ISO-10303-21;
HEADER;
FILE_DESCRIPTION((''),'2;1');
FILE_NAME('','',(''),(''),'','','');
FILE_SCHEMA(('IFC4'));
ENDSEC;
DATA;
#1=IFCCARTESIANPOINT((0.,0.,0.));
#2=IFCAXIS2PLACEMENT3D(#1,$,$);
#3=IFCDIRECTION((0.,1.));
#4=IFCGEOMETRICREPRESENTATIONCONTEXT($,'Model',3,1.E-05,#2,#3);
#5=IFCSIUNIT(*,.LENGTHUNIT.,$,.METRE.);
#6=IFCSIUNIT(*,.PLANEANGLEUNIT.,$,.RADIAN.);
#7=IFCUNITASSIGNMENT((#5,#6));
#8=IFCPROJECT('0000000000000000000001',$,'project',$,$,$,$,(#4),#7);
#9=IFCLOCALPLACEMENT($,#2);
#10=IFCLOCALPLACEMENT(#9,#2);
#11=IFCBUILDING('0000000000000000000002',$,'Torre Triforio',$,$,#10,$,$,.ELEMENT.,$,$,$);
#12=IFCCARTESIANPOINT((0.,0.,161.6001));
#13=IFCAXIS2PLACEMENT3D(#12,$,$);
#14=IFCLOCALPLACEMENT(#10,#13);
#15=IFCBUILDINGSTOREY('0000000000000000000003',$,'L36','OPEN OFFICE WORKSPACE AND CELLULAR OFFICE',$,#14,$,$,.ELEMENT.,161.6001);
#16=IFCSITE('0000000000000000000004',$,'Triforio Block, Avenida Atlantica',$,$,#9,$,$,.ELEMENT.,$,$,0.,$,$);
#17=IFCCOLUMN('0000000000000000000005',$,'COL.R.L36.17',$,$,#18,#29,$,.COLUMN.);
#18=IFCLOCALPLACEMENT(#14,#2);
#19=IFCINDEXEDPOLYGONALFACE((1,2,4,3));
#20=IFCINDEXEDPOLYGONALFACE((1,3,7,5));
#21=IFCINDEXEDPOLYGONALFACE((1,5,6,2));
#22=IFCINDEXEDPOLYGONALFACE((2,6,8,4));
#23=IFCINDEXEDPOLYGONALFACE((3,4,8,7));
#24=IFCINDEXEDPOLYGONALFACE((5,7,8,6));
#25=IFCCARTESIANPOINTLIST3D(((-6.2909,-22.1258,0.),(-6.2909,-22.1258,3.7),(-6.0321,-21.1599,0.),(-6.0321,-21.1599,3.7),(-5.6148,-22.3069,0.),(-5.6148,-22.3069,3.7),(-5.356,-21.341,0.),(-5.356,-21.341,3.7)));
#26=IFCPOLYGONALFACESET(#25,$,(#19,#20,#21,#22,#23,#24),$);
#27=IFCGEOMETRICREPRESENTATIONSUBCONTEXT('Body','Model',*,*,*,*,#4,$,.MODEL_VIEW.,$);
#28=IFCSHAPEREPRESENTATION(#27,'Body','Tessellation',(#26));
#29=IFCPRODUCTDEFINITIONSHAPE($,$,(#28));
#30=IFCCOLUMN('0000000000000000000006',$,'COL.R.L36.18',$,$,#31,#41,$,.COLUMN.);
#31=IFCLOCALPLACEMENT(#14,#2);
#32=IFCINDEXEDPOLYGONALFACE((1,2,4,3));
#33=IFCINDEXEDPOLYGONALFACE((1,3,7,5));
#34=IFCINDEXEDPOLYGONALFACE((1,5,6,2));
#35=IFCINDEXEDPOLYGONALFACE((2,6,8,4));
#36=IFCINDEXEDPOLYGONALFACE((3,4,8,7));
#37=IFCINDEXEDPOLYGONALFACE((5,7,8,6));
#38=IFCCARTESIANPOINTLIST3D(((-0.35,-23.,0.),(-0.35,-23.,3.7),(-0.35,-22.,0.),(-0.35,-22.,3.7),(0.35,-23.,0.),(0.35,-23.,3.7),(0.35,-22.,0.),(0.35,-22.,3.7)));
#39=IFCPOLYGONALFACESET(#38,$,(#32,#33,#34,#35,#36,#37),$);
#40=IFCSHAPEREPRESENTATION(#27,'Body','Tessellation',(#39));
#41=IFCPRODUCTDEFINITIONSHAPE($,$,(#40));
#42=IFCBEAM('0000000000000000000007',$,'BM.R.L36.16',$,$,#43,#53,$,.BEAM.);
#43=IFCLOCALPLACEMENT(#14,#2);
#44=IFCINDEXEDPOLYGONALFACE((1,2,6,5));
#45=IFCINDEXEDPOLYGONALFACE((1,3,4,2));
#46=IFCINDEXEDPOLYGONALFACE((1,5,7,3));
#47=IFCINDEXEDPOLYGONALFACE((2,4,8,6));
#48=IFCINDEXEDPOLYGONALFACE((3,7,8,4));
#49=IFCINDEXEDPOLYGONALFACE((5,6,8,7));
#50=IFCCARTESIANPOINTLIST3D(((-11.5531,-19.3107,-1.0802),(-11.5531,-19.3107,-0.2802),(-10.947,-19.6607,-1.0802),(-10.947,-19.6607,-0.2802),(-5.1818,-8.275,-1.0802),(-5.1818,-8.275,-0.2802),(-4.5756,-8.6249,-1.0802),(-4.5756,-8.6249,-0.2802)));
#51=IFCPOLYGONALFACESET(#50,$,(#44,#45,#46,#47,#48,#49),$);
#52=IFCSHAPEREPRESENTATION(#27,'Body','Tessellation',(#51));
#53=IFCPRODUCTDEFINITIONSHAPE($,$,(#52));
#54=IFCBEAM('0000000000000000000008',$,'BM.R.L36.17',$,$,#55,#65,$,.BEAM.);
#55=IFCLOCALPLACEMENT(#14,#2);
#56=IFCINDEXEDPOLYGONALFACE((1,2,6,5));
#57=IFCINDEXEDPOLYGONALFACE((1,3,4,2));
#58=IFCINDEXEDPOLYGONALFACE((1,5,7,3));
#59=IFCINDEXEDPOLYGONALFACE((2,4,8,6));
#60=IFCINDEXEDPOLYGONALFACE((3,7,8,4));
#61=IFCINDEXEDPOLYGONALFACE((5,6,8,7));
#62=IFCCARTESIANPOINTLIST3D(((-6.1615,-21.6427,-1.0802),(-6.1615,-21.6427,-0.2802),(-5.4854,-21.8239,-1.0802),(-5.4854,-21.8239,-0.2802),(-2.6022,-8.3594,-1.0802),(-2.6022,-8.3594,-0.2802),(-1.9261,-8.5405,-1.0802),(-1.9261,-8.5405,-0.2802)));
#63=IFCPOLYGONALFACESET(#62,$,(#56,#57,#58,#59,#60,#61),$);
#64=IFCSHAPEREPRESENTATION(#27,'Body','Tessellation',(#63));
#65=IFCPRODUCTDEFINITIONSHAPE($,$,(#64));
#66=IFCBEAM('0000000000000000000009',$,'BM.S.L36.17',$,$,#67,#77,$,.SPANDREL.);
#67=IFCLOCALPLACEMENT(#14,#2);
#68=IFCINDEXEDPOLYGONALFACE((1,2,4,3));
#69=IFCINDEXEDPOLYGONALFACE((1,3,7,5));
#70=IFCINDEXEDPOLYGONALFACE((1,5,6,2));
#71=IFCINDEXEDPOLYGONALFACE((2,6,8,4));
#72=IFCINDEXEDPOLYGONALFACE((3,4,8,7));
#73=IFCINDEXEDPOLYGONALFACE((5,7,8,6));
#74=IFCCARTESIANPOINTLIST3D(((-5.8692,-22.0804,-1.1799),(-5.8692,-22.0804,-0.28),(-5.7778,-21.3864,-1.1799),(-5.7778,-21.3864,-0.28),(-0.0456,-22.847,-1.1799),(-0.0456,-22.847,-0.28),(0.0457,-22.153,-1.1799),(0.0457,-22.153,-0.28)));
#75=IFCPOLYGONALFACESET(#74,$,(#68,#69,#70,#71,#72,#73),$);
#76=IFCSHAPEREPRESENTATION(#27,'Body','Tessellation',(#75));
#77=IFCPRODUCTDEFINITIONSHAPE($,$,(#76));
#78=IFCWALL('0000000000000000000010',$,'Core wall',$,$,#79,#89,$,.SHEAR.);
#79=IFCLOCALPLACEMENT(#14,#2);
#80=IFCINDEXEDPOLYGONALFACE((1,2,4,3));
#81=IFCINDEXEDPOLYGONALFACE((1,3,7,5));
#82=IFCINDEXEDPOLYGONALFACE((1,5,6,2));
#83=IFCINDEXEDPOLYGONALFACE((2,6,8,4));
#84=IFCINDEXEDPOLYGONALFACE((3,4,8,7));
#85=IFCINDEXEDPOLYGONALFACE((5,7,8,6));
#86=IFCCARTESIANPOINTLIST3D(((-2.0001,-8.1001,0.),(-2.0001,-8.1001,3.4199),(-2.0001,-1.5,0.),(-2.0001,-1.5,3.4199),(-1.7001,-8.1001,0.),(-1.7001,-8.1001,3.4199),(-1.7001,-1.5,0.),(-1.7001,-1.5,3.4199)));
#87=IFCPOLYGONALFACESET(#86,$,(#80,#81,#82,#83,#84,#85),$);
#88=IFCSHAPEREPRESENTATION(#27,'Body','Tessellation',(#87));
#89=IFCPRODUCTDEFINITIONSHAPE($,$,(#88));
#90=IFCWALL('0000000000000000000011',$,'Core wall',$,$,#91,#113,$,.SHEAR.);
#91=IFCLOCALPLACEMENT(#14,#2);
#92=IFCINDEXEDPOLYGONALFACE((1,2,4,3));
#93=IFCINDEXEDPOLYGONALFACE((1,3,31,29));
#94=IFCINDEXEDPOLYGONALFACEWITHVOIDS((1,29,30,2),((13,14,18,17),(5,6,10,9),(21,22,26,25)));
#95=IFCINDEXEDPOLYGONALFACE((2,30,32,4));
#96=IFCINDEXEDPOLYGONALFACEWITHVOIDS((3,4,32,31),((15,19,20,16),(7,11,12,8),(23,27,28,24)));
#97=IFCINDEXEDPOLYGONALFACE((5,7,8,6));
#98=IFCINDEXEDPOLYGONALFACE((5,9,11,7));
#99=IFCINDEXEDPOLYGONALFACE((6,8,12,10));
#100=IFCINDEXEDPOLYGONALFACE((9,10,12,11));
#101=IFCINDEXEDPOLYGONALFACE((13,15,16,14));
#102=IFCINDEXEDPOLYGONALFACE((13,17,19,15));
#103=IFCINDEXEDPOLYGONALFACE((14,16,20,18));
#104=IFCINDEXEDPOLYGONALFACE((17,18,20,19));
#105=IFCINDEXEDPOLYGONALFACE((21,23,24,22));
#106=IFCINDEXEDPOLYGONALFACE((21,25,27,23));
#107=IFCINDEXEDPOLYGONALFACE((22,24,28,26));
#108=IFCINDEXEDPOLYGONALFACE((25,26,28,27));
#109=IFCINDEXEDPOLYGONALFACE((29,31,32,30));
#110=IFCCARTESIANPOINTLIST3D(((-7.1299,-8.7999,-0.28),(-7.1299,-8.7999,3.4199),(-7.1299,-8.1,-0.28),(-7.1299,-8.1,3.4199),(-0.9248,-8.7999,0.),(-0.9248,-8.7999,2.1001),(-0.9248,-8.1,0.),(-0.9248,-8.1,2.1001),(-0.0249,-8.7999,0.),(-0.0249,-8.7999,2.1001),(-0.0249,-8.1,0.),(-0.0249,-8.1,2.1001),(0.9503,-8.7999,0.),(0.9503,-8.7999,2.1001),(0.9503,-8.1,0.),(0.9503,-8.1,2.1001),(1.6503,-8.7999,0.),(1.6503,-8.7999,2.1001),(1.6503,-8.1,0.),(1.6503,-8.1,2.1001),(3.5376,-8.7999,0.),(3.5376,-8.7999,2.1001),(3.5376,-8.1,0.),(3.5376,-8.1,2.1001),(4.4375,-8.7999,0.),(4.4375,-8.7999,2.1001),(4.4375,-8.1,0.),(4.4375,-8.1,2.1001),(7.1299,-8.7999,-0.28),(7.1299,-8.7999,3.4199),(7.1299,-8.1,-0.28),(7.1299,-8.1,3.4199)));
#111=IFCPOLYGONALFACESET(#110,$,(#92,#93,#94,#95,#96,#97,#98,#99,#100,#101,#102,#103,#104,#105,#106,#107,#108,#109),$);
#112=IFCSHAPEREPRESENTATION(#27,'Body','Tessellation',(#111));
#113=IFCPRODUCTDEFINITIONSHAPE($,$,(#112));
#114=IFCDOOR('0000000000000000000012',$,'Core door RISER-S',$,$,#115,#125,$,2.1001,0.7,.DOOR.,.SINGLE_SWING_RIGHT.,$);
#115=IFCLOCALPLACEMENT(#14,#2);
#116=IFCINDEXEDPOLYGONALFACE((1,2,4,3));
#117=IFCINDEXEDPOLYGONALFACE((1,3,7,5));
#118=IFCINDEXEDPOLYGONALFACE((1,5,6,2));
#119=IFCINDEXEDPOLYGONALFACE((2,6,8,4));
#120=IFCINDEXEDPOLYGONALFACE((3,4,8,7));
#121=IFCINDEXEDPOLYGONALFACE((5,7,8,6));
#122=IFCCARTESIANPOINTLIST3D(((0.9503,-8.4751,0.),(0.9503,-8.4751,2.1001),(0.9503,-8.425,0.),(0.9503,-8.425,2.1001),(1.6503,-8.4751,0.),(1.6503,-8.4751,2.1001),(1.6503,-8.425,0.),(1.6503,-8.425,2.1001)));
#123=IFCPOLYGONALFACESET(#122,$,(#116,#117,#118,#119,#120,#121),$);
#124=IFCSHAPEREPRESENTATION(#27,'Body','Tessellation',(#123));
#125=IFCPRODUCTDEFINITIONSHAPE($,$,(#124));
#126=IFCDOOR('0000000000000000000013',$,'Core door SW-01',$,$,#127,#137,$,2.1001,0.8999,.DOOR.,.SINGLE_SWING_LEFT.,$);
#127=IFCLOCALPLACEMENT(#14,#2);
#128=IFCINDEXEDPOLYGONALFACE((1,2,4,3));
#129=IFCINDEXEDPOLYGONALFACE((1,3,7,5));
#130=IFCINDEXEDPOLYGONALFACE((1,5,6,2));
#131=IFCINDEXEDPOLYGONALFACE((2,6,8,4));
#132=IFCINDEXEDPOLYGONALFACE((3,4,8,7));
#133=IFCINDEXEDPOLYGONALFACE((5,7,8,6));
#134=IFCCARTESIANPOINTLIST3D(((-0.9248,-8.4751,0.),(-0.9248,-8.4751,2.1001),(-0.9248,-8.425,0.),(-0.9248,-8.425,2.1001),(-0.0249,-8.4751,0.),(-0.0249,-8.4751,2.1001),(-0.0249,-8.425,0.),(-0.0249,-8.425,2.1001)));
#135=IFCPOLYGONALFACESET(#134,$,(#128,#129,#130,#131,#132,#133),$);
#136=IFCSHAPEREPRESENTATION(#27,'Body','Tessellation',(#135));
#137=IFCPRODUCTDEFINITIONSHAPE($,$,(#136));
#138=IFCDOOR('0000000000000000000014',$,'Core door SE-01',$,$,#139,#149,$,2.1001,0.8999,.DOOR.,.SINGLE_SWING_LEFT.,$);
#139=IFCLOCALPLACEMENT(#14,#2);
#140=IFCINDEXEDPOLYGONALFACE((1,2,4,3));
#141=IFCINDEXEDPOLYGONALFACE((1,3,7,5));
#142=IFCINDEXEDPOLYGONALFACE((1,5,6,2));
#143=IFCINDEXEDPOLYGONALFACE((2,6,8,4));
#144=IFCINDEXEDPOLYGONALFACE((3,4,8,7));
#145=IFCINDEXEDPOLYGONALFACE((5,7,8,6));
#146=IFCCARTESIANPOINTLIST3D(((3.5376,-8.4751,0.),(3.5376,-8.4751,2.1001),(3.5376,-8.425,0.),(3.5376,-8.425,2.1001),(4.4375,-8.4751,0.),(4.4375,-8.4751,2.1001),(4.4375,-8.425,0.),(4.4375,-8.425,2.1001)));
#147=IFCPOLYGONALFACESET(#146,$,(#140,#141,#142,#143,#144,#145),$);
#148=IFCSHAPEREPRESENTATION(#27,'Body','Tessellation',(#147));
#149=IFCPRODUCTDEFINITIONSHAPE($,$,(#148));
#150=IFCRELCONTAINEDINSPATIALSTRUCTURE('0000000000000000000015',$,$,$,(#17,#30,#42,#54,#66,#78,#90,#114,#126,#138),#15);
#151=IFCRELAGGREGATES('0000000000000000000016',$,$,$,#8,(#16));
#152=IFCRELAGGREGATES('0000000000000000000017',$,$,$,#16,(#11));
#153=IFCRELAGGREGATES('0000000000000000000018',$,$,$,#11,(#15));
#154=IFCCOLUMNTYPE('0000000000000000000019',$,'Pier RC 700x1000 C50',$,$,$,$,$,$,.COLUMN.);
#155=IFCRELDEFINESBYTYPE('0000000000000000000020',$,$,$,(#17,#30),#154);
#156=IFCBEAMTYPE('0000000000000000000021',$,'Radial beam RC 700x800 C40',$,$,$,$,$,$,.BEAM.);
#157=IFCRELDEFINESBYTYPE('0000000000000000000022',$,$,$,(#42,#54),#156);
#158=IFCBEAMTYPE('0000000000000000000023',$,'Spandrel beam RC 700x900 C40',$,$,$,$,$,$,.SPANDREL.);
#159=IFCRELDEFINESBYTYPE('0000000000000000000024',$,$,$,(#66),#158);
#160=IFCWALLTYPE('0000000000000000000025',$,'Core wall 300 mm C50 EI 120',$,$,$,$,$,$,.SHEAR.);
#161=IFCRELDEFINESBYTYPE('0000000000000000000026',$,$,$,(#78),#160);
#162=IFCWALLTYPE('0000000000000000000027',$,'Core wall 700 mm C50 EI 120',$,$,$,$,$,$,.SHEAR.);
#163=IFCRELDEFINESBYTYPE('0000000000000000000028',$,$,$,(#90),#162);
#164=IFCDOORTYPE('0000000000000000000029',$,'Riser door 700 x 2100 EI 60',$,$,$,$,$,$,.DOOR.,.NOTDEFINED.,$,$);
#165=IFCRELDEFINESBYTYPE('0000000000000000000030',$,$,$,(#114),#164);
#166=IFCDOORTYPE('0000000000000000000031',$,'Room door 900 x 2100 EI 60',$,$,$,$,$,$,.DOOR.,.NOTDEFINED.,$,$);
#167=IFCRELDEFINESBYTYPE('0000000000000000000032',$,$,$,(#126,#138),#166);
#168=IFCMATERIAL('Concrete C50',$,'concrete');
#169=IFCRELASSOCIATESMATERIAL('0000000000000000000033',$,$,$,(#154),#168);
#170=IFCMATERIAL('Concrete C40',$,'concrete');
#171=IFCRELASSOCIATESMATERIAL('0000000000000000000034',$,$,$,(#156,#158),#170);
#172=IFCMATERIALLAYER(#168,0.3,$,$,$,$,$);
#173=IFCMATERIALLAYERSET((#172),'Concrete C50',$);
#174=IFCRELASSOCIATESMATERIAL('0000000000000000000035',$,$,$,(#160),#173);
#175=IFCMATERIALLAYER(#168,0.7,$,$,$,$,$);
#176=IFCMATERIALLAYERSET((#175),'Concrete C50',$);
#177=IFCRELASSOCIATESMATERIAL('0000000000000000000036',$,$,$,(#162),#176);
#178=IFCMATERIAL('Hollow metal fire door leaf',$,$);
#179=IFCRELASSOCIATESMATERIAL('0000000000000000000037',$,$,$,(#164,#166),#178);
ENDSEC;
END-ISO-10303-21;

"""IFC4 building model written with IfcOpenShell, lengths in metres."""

from ifc_helpers import new_model, si_unit, direction, frame, frame_2d, origin, origin_2d, place, context, subcontext, project, spatial, rectangle, extrude, material, layer, layer_set, material_profile, profile_set, type_object, element, fill, save


model = new_model("IFC4")

# Units and contexts
model_context = context("Model", 3, precision=1e-05, world=origin(), true_north=direction((0.0, 1.0)))
body_context = subcontext(model_context, "Body", "Model", "MODEL_VIEW")
ifc_project = project(units=[si_unit("LENGTHUNIT", "METRE"), si_unit("PLANEANGLEUNIT", "RADIAN")], contexts=[model_context])

# Site, building, storey
site_placement = place(None, origin())
site = spatial("IfcSite", under=ifc_project, at=site_placement, Name="Triforio Block, Avenida Atlantica", CompositionType="ELEMENT", RefElevation=0.0)
building_placement = place(site_placement, origin())
building = spatial("IfcBuilding", under=site, at=building_placement, Name="Torre Triforio", CompositionType="ELEMENT")
storey_placement = place(building_placement, frame((0.0, 0.0, 161.6001)))
storey = spatial("IfcBuildingStorey", under=building, at=storey_placement, Name="L36", Description="OPEN OFFICE WORKSPACE AND CELLULAR OFFICE", CompositionType="ELEMENT", Elevation=161.6001)

# Columns
ifc_material_1 = material(Name="Concrete C50", Category="concrete")
ifc_material_profile_1 = material_profile(ifc_material_1, rectangle(XDim=0.7, YDim=1.0, at=origin_2d()), Name="RC 700x1000")
ifc_profile_set_1 = profile_set([ifc_material_profile_1], Name="Concrete C50")
column_type = type_object("IfcColumnType", Name="Pier RC 700x1000 C50", PredefinedType="COLUMN", material=ifc_profile_set_1)
for number, where, z_axis, x_axis, name in (
    (1, (-5.8235, -21.7334, 0.0), (0.0, 0.0, 1.0), (0.965926, -0.258819, 0.0), "COL.R.L36.17"),
    (2, (0.0, -22.5, 0.0), (0.0, 0.0, 1.0), (1.0, 0.0, 0.0), "COL.R.L36.18"),
):
    element("IfcColumn", number, at=place(storey_placement, frame(where, z_axis=z_axis, x_axis=x_axis)), inside=storey, type_object=column_type, Name=name, PredefinedType="COLUMN", context=body_context, shape_type="SweptSolid", body=[
        extrude(rectangle(XDim=0.7, YDim=1.0, at=origin_2d()), origin(), (0.0, 0.0, 1.0), 3.7),
    ])

# Beams
ifc_material_2 = material(Name="Concrete C40", Category="concrete")
ifc_material_profile_2 = material_profile(ifc_material_2, rectangle(XDim=0.7, YDim=0.8, at=origin_2d()), Name="RC 700x800")
ifc_profile_set_2 = profile_set([ifc_material_profile_2], Name="Concrete C40")
beam_type_1 = type_object("IfcBeamType", Name="Radial beam RC 700x800 C40", PredefinedType="BEAM", material=ifc_profile_set_2)
beam_1_placement = place(storey_placement, frame((-4.8787, -8.45, -0.6802), z_axis=(-0.499994, -0.866029, 0.0), x_axis=(0.866029, -0.499994, 0.0)))
element("IfcBeam", 3, at=beam_1_placement, inside=storey, type_object=beam_type_1, Name="BM.R.L36.16", PredefinedType="BEAM", context=body_context, shape_type="SweptSolid", body=[
    extrude(rectangle(XDim=0.7, YDim=0.8, at=origin_2d()), origin(), (0.0, 0.0, 1.0), 12.7429),
])
beam_2_placement = place(storey_placement, frame((-2.2642, -8.45, -0.6802), z_axis=(-0.258822, -0.965925, 0.0), x_axis=(0.965925, -0.258822, 0.0)))
element("IfcBeam", 4, at=beam_2_placement, inside=storey, type_object=beam_type_1, Name="BM.R.L36.17", PredefinedType="BEAM", context=body_context, shape_type="SweptSolid", body=[
    extrude(rectangle(XDim=0.7, YDim=0.8, at=origin_2d()), origin(), (0.0, 0.0, 1.0), 13.752),
])
ifc_material_profile_3 = material_profile(ifc_material_2, rectangle(XDim=0.7, YDim=0.8999, at=origin_2d()), Name="RC 700x900")
ifc_profile_set_3 = profile_set([ifc_material_profile_3], Name="Concrete C40")
beam_type_2 = type_object("IfcBeamType", Name="Spandrel beam RC 700x900 C40", PredefinedType="SPANDREL", material=ifc_profile_set_3)
beam_3_placement = place(storey_placement, frame((-5.8235, -21.7334, -0.73), z_axis=(0.991447, -0.130514, 0.0), x_axis=(0.130514, 0.991447, 0.0)))
element("IfcBeam", 5, at=beam_3_placement, inside=storey, type_object=beam_type_2, Name="BM.S.L36.17", PredefinedType="SPANDREL", context=body_context, shape_type="SweptSolid", body=[
    extrude(rectangle(XDim=0.7, YDim=0.8999, at=origin_2d()), origin(), (0.0, 0.0, 1.0), 5.8738),
])

# Wall
ifc_layer_1 = layer(ifc_material_1, 0.3)
ifc_layer_set_1 = layer_set([ifc_layer_1], Name="Concrete C50")
wall_type_1 = type_object("IfcWallType", Name="Core wall 300 mm C50 EI 120", PredefinedType="SHEAR", material=ifc_layer_set_1)
wall_1_placement = place(storey_placement, frame((-1.8501, -8.1001, 0.0), z_axis=(0.0, 0.0, 1.0), x_axis=(0.0, 1.0, 0.0)))
element("IfcWall", 6, at=wall_1_placement, inside=storey, type_object=wall_type_1, Name="Core wall", PredefinedType="SHEAR", context=body_context, shape_type="SweptSolid", body=[
    extrude(rectangle(XDim=6.6001, YDim=0.3, at=frame_2d((3.3, 0.0))), origin(), (0.0, 0.0, 1.0), 3.4199),
])

# Wall, openings, doors
ifc_layer_2 = layer(ifc_material_1, 0.7)
ifc_layer_set_2 = layer_set([ifc_layer_2], Name="Concrete C50")
wall_type_2 = type_object("IfcWallType", Name="Core wall 700 mm C50 EI 120", PredefinedType="SHEAR", material=ifc_layer_set_2)
wall_2_placement = place(storey_placement, frame((-7.1299, -8.45, -0.28), z_axis=(0.0, 0.0, 1.0), x_axis=(1.0, 0.0, 0.0)))
wall_2 = element("IfcWall", 7, at=wall_2_placement, inside=storey, type_object=wall_type_2, Name="Core wall", PredefinedType="SHEAR", context=body_context, shape_type="SweptSolid", body=[
    extrude(rectangle(XDim=14.2598, YDim=0.7, at=frame_2d((7.1299, 0.0))), origin(), (0.0, 0.0, 1.0), 3.7),
])
opening_1_placement = place(wall_2_placement, frame((8.0801, 0.0, 0.28)))
opening_1 = element("IfcOpeningElement", 8, at=opening_1_placement, cuts=wall_2, PredefinedType="OPENING", context=body_context, shape_type="SweptSolid", body=[
    extrude(rectangle(XDim=0.7, YDim=2.1001, at=frame_2d((0.3501, 1.05))), frame((0.0, 0.3599, 0.0), z_axis=(0.0, -1.0, 0.0), x_axis=(1.0, 0.0, 0.0)), (0.0, 0.0, 1.0), 0.72),
])
opening_2_placement = place(wall_2_placement, frame((6.2051, 0.0, 0.28)))
opening_2 = element("IfcOpeningElement", 9, at=opening_2_placement, cuts=wall_2, PredefinedType="OPENING", context=body_context, shape_type="SweptSolid", body=[
    extrude(rectangle(XDim=0.8999, YDim=2.1001, at=frame_2d((0.45, 1.05))), frame((0.0, 0.3599, 0.0), z_axis=(0.0, -1.0, 0.0), x_axis=(1.0, 0.0, 0.0)), (0.0, 0.0, 1.0), 0.72),
])
opening_3_placement = place(wall_2_placement, frame((10.6675, 0.0, 0.28)))
opening_3 = element("IfcOpeningElement", 10, at=opening_3_placement, cuts=wall_2, PredefinedType="OPENING", context=body_context, shape_type="SweptSolid", body=[
    extrude(rectangle(XDim=0.8999, YDim=2.1001, at=frame_2d((0.45, 1.05))), frame((0.0, 0.3599, 0.0), z_axis=(0.0, -1.0, 0.0), x_axis=(1.0, 0.0, 0.0)), (0.0, 0.0, 1.0), 0.72),
])
ifc_material_3 = material(Name="Hollow metal fire door leaf")
door_type_1 = type_object("IfcDoorType", Name="Riser door 700 x 2100 EI 60", OperationType="NOTDEFINED", PredefinedType="DOOR", material=ifc_material_3)
door_1_placement = place(opening_1_placement, origin())
door_1 = element("IfcDoor", 11, at=door_1_placement, inside=storey, type_object=door_type_1, Name="Core door RISER-S", OperationType="SINGLE_SWING_RIGHT", OverallHeight=2.1001, OverallWidth=0.7, PredefinedType="DOOR", context=body_context, shape_type="SweptSolid", body=[
    extrude(rectangle(XDim=0.7, YDim=2.1001, at=frame_2d((0.3501, 1.05))), frame((0.0, 0.0249, 0.0), z_axis=(0.0, -1.0, 0.0), x_axis=(1.0, 0.0, 0.0)), (0.0, 0.0, 1.0), 0.05),
])
fill(opening_1, door_1)
door_type_2 = type_object("IfcDoorType", Name="Room door 900 x 2100 EI 60", OperationType="NOTDEFINED", PredefinedType="DOOR", material=ifc_material_3)
door_2_placement = place(opening_2_placement, origin())
door_2 = element("IfcDoor", 12, at=door_2_placement, inside=storey, type_object=door_type_2, Name="Core door SW-01", OperationType="SINGLE_SWING_LEFT", OverallHeight=2.1001, OverallWidth=0.8999, PredefinedType="DOOR", context=body_context, shape_type="SweptSolid", body=[
    extrude(rectangle(XDim=0.8999, YDim=2.1001, at=frame_2d((0.45, 1.05))), frame((0.0, 0.0249, 0.0), z_axis=(0.0, -1.0, 0.0), x_axis=(1.0, 0.0, 0.0)), (0.0, 0.0, 1.0), 0.05),
])
fill(opening_2, door_2)
door_3_placement = place(opening_3_placement, origin())
door_3 = element("IfcDoor", 13, at=door_3_placement, inside=storey, type_object=door_type_2, Name="Core door SE-01", OperationType="SINGLE_SWING_LEFT", OverallHeight=2.1001, OverallWidth=0.8999, PredefinedType="DOOR", context=body_context, shape_type="SweptSolid", body=[
    extrude(rectangle(XDim=0.8999, YDim=2.1001, at=frame_2d((0.45, 1.05))), frame((0.0, 0.0249, 0.0), z_axis=(0.0, -1.0, 0.0), x_axis=(1.0, 0.0, 0.0)), (0.0, 0.0, 1.0), 0.05),
])
fill(opening_3, door_3)

save(model, "model.ifc")
